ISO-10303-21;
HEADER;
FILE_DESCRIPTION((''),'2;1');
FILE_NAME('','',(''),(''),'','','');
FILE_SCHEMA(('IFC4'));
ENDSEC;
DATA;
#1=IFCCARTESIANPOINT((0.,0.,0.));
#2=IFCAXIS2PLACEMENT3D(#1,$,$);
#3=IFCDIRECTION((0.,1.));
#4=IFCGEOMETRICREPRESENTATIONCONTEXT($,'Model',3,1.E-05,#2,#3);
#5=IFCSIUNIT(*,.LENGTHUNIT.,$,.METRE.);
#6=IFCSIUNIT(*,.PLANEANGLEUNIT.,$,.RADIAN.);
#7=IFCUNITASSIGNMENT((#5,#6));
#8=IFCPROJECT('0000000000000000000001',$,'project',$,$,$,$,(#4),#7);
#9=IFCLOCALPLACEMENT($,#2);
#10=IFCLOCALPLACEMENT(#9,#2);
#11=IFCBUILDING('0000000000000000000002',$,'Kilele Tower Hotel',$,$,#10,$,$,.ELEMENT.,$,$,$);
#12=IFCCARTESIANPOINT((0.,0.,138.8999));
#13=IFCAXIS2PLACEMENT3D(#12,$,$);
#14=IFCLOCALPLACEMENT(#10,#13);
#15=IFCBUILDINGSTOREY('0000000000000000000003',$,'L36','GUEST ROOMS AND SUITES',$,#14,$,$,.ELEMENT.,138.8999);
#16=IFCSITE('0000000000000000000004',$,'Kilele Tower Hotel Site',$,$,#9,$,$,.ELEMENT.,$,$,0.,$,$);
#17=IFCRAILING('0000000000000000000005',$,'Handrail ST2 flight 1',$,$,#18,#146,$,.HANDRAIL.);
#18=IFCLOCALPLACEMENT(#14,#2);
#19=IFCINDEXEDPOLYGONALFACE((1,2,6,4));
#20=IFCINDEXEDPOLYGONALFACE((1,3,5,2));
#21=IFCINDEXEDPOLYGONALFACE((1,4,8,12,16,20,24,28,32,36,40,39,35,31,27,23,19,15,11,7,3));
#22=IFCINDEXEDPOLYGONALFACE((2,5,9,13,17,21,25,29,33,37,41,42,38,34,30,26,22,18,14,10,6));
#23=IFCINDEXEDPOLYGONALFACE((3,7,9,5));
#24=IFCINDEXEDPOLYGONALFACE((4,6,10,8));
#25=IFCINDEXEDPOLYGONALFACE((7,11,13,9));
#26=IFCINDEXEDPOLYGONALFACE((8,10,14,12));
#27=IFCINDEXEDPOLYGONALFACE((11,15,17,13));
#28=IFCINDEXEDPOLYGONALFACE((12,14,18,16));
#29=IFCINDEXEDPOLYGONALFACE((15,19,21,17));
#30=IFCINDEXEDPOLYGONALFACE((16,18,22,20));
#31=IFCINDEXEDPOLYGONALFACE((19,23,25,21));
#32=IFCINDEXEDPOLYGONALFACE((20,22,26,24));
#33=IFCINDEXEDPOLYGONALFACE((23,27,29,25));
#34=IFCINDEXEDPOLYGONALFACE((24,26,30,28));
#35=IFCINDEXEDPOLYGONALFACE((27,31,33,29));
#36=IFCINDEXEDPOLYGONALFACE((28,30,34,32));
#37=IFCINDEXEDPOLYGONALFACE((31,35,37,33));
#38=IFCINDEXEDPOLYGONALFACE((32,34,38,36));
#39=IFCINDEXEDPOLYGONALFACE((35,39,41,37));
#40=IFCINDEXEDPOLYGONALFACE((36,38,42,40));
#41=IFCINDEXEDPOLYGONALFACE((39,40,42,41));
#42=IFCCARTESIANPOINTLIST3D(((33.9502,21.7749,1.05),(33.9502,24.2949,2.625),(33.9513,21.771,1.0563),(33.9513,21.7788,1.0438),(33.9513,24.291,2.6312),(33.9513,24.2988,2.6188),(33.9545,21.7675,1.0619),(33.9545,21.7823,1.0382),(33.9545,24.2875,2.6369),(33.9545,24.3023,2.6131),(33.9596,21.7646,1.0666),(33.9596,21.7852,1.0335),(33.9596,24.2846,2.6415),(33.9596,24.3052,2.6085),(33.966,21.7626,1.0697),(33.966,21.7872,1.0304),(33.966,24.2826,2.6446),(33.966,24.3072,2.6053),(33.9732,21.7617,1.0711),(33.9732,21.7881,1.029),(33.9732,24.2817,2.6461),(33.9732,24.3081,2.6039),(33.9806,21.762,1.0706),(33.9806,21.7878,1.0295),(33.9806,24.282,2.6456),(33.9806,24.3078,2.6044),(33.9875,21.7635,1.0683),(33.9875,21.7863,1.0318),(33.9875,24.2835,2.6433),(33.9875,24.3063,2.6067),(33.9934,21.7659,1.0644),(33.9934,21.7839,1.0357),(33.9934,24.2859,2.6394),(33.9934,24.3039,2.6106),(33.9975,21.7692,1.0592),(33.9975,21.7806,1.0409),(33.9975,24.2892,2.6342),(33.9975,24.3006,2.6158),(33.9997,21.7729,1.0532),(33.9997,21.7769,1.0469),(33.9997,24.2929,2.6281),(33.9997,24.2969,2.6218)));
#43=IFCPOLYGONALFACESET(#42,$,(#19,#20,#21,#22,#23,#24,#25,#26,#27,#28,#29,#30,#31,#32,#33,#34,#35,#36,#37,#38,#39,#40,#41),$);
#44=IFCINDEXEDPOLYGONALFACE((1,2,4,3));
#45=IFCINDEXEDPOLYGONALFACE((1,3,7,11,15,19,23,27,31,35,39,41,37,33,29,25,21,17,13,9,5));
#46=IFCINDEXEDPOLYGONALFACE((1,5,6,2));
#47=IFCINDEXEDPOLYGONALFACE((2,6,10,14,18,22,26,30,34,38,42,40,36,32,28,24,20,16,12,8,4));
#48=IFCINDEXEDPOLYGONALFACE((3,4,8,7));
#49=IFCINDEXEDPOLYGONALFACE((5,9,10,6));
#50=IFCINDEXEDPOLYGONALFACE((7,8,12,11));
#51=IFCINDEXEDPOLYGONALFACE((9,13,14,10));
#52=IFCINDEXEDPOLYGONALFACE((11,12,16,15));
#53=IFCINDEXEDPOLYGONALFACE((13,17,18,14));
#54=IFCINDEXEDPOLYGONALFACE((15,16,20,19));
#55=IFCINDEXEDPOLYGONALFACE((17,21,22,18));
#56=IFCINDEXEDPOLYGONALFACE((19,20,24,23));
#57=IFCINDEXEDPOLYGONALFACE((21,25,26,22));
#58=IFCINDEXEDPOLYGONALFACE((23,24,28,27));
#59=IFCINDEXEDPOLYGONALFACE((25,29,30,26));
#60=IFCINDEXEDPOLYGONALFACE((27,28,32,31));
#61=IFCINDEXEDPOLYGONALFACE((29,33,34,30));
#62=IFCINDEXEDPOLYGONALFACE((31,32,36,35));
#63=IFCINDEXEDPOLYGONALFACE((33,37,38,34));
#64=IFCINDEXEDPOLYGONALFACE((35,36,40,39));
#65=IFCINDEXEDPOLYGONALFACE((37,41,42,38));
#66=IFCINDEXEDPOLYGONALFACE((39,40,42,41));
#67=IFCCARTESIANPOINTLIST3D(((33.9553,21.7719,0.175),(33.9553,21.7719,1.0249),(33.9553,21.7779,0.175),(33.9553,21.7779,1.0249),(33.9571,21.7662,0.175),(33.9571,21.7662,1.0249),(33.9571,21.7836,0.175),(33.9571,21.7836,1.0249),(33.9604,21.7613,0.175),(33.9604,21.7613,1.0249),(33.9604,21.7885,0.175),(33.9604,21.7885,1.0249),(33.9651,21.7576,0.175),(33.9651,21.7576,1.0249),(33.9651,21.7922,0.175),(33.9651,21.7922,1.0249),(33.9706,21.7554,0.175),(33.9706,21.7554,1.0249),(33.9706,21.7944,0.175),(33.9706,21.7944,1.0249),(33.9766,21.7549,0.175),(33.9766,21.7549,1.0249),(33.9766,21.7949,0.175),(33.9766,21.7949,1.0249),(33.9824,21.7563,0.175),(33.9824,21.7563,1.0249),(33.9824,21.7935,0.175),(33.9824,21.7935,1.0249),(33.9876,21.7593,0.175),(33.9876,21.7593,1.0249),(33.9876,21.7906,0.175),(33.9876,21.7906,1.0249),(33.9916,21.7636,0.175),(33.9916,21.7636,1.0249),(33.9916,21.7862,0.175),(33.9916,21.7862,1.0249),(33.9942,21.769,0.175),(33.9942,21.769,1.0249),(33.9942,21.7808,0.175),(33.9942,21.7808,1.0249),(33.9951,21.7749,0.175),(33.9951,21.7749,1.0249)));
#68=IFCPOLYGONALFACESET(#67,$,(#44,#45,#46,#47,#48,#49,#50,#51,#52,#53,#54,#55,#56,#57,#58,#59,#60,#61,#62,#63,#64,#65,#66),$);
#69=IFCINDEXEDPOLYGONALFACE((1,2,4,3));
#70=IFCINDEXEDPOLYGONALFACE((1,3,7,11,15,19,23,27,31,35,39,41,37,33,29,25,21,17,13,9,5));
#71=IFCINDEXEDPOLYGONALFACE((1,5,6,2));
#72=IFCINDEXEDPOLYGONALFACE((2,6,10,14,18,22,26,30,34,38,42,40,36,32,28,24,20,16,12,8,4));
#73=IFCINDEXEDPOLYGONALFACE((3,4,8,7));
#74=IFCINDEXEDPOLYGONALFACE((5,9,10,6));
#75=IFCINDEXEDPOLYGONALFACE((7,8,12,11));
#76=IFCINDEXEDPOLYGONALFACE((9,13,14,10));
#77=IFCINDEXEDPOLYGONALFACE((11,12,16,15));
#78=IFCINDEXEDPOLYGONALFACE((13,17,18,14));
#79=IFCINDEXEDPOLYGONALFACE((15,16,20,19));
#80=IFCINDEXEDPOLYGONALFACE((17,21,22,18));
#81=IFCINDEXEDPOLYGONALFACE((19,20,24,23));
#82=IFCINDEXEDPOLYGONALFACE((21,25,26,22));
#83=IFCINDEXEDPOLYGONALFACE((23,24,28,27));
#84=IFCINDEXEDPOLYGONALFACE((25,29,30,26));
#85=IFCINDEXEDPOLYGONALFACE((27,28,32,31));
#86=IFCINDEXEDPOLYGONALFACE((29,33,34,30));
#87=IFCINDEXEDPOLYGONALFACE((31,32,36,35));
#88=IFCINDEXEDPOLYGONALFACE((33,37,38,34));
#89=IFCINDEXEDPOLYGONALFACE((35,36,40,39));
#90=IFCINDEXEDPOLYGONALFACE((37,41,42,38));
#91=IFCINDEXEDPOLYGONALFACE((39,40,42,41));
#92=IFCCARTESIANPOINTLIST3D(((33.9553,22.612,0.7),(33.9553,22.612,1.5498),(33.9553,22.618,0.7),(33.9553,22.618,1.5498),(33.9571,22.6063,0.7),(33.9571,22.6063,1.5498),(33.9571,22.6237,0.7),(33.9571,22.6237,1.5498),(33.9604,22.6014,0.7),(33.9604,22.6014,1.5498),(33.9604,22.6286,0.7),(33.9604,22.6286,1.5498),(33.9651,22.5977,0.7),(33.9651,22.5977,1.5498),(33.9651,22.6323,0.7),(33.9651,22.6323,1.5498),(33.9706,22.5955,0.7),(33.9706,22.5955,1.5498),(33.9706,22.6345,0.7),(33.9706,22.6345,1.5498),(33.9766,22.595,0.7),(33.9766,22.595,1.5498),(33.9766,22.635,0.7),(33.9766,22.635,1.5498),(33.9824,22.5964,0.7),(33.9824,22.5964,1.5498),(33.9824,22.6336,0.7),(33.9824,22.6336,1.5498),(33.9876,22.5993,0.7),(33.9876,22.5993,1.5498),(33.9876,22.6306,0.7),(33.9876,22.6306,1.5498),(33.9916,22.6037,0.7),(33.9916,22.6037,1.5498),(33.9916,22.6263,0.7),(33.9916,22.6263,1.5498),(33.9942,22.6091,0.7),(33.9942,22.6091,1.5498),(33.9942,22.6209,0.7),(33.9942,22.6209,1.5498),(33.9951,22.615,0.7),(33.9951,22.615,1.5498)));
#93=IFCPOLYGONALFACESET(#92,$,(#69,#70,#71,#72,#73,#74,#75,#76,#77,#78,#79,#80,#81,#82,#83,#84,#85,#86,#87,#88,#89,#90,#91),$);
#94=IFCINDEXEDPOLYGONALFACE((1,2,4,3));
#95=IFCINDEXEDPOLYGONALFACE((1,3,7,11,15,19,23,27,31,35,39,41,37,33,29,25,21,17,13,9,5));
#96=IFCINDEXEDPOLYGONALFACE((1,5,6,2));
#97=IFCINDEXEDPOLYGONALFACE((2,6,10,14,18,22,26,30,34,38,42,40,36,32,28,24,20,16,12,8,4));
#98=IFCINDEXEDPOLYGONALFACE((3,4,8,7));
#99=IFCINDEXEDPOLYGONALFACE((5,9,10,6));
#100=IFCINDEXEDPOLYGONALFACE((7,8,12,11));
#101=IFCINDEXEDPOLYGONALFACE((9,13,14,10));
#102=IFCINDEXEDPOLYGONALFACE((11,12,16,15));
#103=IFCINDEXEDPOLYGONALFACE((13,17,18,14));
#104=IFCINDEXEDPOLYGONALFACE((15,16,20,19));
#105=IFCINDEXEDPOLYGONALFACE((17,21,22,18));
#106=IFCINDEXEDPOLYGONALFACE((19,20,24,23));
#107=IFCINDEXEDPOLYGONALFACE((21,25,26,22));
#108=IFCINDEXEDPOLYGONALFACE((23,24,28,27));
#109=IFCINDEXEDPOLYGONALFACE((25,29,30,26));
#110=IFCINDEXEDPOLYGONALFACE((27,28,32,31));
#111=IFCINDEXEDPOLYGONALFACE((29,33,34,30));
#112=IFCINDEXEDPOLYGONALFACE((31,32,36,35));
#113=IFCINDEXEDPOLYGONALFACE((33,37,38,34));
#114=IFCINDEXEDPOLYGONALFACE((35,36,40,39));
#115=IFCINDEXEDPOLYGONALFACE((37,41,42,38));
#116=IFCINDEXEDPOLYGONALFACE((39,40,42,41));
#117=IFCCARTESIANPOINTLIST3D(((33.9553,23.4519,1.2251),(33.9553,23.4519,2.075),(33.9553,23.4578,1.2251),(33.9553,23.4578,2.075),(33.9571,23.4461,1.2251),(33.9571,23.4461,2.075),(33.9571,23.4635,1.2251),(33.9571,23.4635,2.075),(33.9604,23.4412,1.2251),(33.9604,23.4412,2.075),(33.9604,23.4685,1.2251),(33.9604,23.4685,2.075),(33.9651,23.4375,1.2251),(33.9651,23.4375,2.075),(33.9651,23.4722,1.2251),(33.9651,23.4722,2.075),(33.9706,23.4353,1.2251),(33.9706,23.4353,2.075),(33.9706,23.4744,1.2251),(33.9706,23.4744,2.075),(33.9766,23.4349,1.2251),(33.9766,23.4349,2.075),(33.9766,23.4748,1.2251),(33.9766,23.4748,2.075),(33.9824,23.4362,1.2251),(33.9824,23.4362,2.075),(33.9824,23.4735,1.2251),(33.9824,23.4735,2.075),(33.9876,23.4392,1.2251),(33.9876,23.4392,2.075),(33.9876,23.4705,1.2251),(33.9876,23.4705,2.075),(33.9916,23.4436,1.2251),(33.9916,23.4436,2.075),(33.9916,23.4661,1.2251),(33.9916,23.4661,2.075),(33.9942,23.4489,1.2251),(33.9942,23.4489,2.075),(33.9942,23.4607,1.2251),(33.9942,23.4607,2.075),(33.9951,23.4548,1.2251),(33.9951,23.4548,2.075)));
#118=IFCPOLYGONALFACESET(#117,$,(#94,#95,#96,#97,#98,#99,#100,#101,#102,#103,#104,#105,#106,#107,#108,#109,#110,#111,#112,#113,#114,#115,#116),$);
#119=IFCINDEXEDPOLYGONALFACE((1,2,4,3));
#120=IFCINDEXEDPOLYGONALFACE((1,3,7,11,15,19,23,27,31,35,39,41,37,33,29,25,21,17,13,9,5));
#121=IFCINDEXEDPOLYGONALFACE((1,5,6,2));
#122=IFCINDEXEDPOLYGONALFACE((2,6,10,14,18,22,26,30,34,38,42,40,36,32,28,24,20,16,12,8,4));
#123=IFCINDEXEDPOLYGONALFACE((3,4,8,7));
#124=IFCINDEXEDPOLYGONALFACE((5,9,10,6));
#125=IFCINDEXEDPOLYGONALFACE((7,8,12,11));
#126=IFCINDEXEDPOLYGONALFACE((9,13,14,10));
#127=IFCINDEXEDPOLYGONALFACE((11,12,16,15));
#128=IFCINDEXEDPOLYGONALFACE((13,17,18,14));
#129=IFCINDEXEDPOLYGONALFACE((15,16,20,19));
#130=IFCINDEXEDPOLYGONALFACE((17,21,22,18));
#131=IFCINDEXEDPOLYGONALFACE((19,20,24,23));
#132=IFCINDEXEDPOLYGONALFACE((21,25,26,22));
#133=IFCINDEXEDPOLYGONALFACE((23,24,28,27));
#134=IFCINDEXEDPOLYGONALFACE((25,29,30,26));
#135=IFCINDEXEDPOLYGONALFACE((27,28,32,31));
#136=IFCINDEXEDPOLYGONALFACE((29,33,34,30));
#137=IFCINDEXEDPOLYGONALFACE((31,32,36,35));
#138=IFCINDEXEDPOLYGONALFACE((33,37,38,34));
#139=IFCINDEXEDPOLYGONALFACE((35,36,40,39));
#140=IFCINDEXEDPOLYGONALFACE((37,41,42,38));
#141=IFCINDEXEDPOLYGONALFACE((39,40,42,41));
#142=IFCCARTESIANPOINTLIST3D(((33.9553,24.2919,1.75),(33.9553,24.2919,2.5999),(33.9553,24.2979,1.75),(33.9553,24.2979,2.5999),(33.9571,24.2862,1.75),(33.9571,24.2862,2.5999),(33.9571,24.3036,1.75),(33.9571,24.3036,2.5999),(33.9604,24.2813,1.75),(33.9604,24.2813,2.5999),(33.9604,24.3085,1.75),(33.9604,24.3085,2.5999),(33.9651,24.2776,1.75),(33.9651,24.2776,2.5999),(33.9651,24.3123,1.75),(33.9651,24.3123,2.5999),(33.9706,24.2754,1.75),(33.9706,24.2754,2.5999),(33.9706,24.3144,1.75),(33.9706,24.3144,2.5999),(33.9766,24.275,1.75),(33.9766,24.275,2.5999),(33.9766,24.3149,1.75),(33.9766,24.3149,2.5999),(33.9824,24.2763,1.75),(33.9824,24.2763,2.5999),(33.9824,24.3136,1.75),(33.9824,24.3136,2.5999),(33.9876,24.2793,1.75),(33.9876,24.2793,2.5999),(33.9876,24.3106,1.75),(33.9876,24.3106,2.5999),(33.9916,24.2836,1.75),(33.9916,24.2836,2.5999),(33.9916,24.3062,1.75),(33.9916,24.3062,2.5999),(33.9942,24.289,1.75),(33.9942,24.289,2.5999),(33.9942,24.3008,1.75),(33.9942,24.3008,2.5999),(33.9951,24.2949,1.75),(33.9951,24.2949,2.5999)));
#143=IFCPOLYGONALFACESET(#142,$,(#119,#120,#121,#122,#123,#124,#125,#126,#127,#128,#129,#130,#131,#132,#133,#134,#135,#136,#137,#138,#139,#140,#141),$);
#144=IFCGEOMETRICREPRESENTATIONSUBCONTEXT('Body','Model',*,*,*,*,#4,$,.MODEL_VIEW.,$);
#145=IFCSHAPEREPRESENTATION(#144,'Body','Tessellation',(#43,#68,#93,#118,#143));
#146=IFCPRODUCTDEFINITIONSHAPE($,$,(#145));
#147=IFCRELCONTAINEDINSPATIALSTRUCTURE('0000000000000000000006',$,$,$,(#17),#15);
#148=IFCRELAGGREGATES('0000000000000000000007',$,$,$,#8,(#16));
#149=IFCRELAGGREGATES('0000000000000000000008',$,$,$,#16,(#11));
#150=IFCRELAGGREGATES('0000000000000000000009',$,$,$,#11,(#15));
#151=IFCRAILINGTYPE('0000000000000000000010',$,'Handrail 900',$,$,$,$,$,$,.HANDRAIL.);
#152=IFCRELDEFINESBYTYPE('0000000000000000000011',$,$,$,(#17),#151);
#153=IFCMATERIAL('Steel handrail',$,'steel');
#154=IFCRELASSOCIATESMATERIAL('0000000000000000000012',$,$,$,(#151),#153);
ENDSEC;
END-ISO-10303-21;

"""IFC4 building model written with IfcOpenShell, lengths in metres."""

from ifc_helpers import new_model, si_unit, direction, frame, origin, origin_2d, place, context, subcontext, project, spatial, circle, extrude, material, type_object, element, save


model = new_model("IFC4")

# Units and contexts
model_context = context("Model", 3, precision=1e-05, world=origin(), true_north=direction((0.0, 1.0)))
body_context = subcontext(model_context, "Body", "Model", "MODEL_VIEW")
ifc_project = project(units=[si_unit("LENGTHUNIT", "METRE"), si_unit("PLANEANGLEUNIT", "RADIAN")], contexts=[model_context])

# Site, building, storey
site_placement = place(None, origin())
site = spatial("IfcSite", under=ifc_project, at=site_placement, Name="Kilele Tower Hotel Site", CompositionType="ELEMENT", RefElevation=0.0)
building_placement = place(site_placement, origin())
building = spatial("IfcBuilding", under=site, at=building_placement, Name="Kilele Tower Hotel", CompositionType="ELEMENT")
storey_placement = place(building_placement, frame((0.0, 0.0, 138.8999)))
storey = spatial("IfcBuildingStorey", under=building, at=storey_placement, Name="L36", Description="GUEST ROOMS AND SUITES", CompositionType="ELEMENT", Elevation=138.8999)

# Railing
ifc_material_1 = material(Name="Steel handrail", Category="steel")
railing_type_1 = type_object("IfcRailingType", Name="Handrail 900", PredefinedType="HANDRAIL", material=ifc_material_1)
for number, where, name in (
    (1, (33.9751, 21.7749, 0.175), "Handrail ST2 flight 1"),
):
    element("IfcRailing", number, at=place(storey_placement, frame(where)), inside=storey, type_object=railing_type_1, Name=name, PredefinedType="HANDRAIL", context=body_context, shape_type="SweptSolid", body=[
        extrude(circle(Radius=0.0249, at=origin_2d()), frame((0.0, 0.0, 0.875), z_axis=(0.0, 0.848008, 0.529984), x_axis=(-1.0, 0.0, 0.0)), (0.0, 0.0, 1.0), 2.9717),
        extrude(circle(Radius=0.02, at=origin_2d()), origin(), (0.0, 0.0, 1.0), 0.8499),
        extrude(circle(Radius=0.02, at=origin_2d()), frame((0.0, 0.8401, 0.5249)), (0.0, 0.0, 1.0), 0.8499),
        extrude(circle(Radius=0.02, at=origin_2d()), frame((0.0, 1.6799, 1.05)), (0.0, 0.0, 1.0), 0.8499),
        extrude(circle(Radius=0.02, at=origin_2d()), frame((0.0, 2.52, 1.575)), (0.0, 0.0, 1.0), 0.8499),
    ])

save(model, "model.ifc")
